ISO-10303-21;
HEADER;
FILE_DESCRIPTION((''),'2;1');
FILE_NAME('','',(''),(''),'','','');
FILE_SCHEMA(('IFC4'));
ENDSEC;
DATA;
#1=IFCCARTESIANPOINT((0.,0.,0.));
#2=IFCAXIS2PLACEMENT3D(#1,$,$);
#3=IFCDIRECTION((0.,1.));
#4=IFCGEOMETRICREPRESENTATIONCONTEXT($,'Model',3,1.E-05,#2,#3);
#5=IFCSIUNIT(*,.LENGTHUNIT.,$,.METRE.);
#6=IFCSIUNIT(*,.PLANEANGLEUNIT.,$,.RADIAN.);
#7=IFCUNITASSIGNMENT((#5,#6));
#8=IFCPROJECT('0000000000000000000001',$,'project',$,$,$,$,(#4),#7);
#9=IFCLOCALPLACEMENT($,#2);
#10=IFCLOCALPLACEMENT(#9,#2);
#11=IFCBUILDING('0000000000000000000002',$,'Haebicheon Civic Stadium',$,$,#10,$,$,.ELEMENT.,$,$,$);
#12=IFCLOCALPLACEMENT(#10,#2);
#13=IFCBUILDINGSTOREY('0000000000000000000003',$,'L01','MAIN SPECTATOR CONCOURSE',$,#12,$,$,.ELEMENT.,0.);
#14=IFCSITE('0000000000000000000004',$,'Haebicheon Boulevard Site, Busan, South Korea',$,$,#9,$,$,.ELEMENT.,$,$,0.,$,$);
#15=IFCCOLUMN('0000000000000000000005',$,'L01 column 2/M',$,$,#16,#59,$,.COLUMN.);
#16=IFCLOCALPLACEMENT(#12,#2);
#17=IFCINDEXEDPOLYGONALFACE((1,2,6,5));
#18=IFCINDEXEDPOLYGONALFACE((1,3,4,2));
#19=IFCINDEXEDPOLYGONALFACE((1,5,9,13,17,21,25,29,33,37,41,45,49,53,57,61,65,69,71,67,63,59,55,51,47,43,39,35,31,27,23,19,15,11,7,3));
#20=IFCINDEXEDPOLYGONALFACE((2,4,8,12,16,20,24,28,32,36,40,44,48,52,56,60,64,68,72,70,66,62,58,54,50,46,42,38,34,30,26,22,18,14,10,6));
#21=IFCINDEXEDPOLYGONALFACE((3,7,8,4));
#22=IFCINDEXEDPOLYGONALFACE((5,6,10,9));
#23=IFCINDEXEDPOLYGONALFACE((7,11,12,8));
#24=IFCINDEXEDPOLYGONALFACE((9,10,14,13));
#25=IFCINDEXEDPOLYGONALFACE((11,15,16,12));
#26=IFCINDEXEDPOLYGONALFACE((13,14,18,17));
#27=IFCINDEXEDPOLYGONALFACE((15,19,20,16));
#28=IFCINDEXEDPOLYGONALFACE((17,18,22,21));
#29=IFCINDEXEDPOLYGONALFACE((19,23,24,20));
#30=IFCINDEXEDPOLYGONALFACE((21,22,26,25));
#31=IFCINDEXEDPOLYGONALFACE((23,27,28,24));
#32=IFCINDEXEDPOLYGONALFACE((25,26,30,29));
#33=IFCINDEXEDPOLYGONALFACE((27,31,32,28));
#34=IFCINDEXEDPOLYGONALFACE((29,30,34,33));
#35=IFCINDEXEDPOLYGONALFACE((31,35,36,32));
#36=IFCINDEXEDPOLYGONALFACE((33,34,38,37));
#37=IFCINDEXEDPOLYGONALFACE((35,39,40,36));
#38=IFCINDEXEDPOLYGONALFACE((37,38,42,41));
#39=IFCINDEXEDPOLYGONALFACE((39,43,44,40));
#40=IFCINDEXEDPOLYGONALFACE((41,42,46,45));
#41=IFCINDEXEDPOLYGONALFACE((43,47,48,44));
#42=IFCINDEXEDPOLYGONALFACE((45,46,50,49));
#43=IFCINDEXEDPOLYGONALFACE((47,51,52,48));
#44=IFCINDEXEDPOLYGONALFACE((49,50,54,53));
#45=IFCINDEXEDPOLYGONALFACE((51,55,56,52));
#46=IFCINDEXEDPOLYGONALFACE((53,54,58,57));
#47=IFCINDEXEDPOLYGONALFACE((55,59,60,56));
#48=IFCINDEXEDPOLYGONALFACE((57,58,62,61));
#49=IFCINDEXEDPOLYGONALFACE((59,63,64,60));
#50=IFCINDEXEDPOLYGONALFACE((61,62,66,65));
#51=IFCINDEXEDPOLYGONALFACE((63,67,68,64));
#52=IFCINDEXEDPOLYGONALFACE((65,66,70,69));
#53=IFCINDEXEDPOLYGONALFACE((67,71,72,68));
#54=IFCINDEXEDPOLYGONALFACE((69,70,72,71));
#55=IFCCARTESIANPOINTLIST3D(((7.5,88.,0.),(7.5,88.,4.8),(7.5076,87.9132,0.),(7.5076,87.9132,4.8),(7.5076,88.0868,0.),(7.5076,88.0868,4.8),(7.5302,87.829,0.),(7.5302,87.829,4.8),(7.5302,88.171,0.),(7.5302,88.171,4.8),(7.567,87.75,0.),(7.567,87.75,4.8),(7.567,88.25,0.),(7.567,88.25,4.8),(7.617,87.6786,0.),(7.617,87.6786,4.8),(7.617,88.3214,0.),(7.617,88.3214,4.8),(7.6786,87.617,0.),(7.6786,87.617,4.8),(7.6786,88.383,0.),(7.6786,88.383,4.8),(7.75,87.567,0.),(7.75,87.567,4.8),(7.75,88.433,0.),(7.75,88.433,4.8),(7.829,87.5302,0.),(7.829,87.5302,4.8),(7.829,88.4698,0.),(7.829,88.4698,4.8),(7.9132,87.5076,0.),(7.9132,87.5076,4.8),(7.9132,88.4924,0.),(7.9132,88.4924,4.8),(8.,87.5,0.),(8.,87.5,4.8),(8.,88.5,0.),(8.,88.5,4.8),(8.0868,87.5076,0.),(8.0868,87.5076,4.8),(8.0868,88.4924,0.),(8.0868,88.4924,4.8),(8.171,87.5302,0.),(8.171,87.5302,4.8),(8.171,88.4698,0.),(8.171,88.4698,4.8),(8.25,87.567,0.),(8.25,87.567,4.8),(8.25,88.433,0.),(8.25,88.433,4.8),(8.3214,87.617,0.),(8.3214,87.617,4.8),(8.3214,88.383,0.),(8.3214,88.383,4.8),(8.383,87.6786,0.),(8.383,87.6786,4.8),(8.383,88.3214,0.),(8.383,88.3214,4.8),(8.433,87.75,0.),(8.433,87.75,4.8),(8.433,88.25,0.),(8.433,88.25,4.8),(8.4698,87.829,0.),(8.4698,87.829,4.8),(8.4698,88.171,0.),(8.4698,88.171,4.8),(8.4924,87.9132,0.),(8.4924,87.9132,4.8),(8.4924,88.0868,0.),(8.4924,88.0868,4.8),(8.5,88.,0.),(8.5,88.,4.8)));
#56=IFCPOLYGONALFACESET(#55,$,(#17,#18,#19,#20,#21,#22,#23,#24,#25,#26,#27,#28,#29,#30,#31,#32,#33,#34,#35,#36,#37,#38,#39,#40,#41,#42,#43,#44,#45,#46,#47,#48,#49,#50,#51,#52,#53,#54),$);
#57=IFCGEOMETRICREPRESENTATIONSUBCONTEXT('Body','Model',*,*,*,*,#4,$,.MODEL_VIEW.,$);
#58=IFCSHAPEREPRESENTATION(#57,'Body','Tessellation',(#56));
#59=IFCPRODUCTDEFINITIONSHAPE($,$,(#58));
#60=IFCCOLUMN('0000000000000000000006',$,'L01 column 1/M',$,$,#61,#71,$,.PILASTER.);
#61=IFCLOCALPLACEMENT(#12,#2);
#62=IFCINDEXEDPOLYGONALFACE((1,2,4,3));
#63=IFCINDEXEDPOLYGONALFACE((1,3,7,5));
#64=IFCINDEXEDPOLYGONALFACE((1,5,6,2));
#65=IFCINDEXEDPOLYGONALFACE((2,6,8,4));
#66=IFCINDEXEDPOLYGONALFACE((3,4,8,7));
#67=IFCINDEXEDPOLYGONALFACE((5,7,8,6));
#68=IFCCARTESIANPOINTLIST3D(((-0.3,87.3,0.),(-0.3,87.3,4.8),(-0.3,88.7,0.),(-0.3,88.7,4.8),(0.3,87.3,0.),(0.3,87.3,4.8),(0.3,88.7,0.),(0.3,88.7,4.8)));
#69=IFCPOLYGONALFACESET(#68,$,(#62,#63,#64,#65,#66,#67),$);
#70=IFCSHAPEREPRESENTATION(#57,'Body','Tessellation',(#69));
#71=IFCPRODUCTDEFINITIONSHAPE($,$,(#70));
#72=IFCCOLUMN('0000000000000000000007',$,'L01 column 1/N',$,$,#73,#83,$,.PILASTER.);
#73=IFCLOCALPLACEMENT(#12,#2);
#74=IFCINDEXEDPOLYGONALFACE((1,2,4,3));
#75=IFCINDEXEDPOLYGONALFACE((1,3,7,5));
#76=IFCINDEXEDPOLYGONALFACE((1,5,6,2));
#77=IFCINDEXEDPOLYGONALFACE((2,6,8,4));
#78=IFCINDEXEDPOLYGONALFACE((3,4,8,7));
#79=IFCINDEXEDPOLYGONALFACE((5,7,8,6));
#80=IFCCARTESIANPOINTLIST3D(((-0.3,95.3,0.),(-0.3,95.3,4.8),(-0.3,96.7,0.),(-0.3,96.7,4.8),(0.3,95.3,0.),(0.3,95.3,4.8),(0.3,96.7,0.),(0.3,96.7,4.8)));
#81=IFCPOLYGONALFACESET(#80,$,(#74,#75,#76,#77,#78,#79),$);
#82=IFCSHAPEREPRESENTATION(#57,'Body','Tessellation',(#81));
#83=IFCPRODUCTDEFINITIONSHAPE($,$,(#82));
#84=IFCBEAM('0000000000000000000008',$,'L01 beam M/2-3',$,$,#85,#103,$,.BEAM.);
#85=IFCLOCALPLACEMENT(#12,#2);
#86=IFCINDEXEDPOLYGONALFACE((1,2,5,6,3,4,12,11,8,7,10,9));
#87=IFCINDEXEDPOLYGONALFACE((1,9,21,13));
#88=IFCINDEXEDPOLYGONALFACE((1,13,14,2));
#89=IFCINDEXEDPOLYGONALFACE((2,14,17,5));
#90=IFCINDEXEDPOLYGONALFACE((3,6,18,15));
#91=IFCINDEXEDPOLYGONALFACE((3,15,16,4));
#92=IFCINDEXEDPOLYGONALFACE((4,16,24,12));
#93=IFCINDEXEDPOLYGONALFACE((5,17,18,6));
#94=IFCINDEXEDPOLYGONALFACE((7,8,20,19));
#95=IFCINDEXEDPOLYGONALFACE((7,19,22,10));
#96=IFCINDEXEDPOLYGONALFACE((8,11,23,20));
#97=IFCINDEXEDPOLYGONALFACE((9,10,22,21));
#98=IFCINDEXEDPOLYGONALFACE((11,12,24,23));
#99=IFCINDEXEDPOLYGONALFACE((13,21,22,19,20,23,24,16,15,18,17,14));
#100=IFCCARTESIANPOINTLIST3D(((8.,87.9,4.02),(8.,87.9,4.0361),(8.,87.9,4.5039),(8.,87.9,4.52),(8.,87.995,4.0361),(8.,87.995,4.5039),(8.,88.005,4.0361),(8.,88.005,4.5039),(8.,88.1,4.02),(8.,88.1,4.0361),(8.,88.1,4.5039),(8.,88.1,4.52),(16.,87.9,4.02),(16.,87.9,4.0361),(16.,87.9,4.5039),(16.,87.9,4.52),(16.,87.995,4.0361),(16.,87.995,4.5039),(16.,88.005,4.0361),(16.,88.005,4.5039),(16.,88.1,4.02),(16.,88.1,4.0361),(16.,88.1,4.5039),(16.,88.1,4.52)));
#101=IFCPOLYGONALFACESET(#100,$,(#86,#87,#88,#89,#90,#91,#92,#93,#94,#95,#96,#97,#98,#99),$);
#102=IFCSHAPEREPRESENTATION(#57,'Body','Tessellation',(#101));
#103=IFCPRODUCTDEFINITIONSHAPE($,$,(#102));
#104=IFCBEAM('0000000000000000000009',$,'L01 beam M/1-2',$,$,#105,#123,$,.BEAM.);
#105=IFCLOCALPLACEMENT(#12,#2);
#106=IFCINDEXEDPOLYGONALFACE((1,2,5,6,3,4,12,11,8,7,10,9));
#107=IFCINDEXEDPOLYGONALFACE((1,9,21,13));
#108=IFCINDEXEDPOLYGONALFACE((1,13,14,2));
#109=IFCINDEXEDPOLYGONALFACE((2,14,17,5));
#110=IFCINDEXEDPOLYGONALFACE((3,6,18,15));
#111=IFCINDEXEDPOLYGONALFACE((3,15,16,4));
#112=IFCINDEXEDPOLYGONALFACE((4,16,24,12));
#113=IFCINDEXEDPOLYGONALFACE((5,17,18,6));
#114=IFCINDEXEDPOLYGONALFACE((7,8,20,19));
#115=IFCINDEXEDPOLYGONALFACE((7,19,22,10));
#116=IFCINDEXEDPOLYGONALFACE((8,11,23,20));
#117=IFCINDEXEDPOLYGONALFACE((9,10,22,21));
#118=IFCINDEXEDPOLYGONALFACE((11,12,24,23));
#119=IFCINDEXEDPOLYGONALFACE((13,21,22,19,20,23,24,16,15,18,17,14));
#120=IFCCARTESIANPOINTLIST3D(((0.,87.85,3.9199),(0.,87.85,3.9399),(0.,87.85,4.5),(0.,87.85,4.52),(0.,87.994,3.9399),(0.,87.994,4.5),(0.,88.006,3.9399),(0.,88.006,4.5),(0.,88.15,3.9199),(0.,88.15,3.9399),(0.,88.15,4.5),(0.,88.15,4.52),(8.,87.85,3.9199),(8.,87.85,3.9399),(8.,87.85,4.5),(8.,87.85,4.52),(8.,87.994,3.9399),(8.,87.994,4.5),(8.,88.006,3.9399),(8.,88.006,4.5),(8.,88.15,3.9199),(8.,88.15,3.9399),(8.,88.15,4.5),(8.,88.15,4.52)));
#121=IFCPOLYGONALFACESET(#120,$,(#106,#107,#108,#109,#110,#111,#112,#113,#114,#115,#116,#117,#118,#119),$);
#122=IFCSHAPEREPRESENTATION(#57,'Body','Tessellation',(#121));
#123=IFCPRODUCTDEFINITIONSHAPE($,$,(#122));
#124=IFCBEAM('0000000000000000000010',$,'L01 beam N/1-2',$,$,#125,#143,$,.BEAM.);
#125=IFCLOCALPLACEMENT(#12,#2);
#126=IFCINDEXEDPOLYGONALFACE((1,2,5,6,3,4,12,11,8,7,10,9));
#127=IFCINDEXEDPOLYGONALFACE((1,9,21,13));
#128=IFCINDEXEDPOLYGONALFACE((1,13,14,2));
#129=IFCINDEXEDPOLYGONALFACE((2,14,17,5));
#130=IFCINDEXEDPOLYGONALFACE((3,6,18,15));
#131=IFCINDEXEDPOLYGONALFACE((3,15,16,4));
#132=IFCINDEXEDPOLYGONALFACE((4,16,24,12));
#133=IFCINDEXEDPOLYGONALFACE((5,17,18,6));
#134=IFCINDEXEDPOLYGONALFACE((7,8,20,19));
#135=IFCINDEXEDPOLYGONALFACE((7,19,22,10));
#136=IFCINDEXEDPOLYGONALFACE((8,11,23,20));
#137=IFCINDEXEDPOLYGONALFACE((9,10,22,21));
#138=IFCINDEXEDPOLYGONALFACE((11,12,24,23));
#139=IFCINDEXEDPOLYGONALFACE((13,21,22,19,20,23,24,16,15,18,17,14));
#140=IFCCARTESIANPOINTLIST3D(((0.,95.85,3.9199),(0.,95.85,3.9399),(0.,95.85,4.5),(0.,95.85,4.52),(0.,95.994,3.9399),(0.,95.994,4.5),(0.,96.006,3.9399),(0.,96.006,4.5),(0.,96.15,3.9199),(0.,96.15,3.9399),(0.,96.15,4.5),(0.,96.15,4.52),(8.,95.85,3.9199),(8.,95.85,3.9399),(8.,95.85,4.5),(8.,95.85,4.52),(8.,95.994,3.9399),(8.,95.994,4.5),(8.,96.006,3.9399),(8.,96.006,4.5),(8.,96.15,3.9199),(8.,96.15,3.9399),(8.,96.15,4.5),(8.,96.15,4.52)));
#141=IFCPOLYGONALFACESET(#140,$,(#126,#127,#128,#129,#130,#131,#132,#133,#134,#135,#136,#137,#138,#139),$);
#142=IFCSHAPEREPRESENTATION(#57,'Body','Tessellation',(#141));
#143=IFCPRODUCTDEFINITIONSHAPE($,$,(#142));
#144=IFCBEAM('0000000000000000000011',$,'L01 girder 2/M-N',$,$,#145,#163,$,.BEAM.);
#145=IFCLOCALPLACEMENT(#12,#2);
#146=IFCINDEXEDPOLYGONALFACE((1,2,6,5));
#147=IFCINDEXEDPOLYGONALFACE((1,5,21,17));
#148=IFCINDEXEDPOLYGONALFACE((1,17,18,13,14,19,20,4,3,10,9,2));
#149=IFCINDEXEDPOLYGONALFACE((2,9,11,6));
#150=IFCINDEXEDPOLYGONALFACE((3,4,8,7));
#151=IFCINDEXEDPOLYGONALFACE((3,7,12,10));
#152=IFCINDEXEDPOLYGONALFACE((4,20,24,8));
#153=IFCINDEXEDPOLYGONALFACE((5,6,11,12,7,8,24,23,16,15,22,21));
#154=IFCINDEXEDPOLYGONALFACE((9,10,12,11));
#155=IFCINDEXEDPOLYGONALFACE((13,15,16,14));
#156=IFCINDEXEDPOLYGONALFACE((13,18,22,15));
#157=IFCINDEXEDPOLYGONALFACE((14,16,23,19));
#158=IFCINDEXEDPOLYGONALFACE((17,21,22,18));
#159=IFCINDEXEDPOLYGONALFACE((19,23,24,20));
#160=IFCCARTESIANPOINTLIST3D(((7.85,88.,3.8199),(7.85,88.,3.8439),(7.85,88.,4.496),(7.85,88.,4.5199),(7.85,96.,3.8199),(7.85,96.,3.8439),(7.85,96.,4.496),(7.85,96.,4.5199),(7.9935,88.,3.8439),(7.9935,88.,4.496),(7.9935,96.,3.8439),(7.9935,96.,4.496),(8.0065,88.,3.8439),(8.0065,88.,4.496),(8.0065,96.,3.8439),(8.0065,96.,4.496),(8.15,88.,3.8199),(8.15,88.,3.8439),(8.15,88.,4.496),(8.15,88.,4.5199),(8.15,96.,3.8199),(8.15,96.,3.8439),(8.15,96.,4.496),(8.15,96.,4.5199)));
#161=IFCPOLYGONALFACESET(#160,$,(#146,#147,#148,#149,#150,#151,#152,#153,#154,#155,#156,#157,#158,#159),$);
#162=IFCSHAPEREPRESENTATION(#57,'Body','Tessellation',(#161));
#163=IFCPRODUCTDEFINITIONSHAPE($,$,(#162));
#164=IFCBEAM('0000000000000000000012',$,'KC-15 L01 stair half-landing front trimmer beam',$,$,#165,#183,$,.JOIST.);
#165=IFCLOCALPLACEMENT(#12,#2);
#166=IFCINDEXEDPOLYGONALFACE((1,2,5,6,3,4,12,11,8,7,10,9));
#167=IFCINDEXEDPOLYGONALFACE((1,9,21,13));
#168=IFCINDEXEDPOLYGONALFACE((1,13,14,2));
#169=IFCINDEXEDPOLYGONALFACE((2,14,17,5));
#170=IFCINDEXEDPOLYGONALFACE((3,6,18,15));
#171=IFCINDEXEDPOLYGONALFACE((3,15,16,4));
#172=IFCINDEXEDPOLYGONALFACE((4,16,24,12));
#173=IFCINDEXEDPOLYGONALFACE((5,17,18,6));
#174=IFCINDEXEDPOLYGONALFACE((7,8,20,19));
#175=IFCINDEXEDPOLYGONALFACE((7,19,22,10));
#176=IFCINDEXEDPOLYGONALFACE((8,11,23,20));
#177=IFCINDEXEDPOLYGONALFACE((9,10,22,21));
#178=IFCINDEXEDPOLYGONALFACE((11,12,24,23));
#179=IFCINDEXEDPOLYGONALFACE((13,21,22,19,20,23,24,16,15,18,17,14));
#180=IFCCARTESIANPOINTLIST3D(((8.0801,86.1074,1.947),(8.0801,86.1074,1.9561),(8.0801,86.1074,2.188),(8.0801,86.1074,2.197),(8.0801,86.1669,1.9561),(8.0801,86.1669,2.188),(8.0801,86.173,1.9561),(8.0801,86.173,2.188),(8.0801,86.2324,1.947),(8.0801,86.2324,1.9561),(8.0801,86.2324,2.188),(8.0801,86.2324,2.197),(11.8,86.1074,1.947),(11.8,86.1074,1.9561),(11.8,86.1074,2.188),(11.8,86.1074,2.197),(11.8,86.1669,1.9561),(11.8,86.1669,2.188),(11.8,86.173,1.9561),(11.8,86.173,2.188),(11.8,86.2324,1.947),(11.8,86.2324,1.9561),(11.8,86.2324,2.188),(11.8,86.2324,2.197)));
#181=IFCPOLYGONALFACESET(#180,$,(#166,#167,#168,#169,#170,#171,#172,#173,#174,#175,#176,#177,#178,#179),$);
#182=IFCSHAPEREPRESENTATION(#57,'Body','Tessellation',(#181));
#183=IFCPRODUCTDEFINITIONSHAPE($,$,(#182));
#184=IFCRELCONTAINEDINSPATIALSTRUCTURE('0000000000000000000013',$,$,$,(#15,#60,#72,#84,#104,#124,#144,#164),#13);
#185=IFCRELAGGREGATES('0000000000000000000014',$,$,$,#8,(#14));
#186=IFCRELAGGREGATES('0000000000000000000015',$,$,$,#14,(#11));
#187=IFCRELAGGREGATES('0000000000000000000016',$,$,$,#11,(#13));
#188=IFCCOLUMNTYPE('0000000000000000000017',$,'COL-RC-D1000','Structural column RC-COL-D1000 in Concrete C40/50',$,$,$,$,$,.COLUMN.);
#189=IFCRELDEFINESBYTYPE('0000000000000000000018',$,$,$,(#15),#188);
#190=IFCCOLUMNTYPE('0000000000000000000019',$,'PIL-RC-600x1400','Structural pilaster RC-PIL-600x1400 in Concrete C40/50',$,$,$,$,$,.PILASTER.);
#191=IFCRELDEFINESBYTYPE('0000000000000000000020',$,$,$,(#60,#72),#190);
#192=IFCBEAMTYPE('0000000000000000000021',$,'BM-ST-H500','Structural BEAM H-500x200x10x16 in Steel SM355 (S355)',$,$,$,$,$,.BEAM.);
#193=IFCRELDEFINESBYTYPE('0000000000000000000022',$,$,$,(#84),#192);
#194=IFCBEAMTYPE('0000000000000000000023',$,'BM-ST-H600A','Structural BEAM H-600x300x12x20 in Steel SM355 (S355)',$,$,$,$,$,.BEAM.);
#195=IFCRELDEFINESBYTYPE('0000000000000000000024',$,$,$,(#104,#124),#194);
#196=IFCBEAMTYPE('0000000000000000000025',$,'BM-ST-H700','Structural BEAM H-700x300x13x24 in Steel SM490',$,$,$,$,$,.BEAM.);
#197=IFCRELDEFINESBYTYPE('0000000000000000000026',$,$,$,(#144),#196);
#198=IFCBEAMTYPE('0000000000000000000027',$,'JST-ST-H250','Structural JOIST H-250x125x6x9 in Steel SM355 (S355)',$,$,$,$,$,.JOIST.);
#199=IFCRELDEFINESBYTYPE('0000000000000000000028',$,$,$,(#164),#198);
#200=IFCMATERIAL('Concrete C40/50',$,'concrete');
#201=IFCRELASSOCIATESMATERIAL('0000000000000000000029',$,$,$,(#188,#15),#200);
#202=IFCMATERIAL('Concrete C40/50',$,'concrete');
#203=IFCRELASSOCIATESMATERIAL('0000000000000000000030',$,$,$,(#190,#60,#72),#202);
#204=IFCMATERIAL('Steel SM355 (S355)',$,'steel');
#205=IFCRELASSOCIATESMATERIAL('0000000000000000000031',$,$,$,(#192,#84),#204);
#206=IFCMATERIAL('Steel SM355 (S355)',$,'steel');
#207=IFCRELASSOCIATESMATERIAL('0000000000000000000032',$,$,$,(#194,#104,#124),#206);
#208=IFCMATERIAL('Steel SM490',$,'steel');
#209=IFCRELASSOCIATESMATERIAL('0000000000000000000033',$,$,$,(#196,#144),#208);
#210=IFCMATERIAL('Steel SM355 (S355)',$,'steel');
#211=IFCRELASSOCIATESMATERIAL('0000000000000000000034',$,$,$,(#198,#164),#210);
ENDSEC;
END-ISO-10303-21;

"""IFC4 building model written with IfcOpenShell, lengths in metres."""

from ifc_helpers import new_model, si_unit, direction, frame, origin, origin_2d, place, context, subcontext, project, spatial, rectangle, circle, i_section, extrude, material, material_profile, profile_set, type_object, element, save


model = new_model("IFC4")

# Units and contexts
model_context = context("Model", 3, precision=1e-05, world=origin(), true_north=direction((0.0, 1.0)))
body_context = subcontext(model_context, "Body", "Model", "MODEL_VIEW")
ifc_project = project(units=[si_unit("LENGTHUNIT", "METRE"), si_unit("PLANEANGLEUNIT", "RADIAN")], contexts=[model_context])

# Site, building, storey
site_placement = place(None, origin())
site = spatial("IfcSite", under=ifc_project, at=site_placement, Name="Haebicheon Boulevard Site, Busan, South Korea", CompositionType="ELEMENT", RefElevation=0.0)
building_placement = place(site_placement, origin())
building = spatial("IfcBuilding", under=site, at=building_placement, Name="Haebicheon Civic Stadium", CompositionType="ELEMENT")
storey_placement = place(building_placement, origin())
storey = spatial("IfcBuildingStorey", under=building, at=storey_placement, Name="L01", Description="MAIN SPECTATOR CONCOURSE", CompositionType="ELEMENT", Elevation=0.0)

# Columns
ifc_material_1 = material(Name="Concrete C40/50", Category="concrete")
ifc_material_profile_1 = material_profile(ifc_material_1, circle(Radius=0.5, at=origin_2d()), Name="RC-COL-D1000")
ifc_profile_set_1 = profile_set([ifc_material_profile_1], Name="Concrete C40/50")
column_type_1 = type_object("IfcColumnType", Name="COL-RC-D1000", Description="Structural column RC-COL-D1000 in Concrete C40/50", PredefinedType="COLUMN", material=ifc_profile_set_1)
column_placement = place(storey_placement, frame((8.0, 88.0, 0.0), z_axis=(0.0, 0.0, 1.0), x_axis=(1.0, 0.0, 0.0)))
element("IfcColumn", 1, at=column_placement, inside=storey, type_object=column_type_1, material=ifc_profile_set_1, Name="L01 column 2/M", PredefinedType="COLUMN", context=body_context, shape_type="SweptSolid", body=[
    extrude(circle(Radius=0.5, at=origin_2d()), origin(), (0.0, 0.0, 1.0), 4.8),
])
ifc_material_2 = material(Name="Concrete C40/50", Category="concrete")
ifc_material_profile_2 = material_profile(ifc_material_2, rectangle(XDim=0.6001, YDim=1.3999, at=origin_2d()), Name="RC-PIL-600x1400")
ifc_profile_set_2 = profile_set([ifc_material_profile_2], Name="Concrete C40/50")
column_type_2 = type_object("IfcColumnType", Name="PIL-RC-600x1400", Description="Structural pilaster RC-PIL-600x1400 in Concrete C40/50", PredefinedType="PILASTER", material=ifc_profile_set_2)
for number, where, z_axis, x_axis, name in (
    (2, (0.0, 88.0, 0.0), (0.0, 0.0, 1.0), (1.0, 0.0, 0.0), "L01 column 1/M"),
    (3, (0.0, 96.0, 0.0), (0.0, 0.0, 1.0), (1.0, 0.0, 0.0), "L01 column 1/N"),
):
    element("IfcColumn", number, at=place(storey_placement, frame(where, z_axis=z_axis, x_axis=x_axis)), inside=storey, type_object=column_type_2, material=ifc_profile_set_2, Name=name, PredefinedType="PILASTER", context=body_context, shape_type="SweptSolid", body=[
        extrude(rectangle(XDim=0.6001, YDim=1.3999, at=origin_2d()), origin(), (0.0, 0.0, 1.0), 4.8),
    ])

# Beams
ifc_material_3 = material(Name="Steel SM355 (S355)", Category="steel")
ifc_material_profile_3 = material_profile(ifc_material_3, i_section(OverallWidth=0.2, OverallDepth=0.5, WebThickness=0.01, FlangeThickness=0.0161, at=origin_2d()), Name="H-500x200x10x16")
ifc_profile_set_3 = profile_set([ifc_material_profile_3], Name="Steel SM355 (S355)")
beam_type_1 = type_object("IfcBeamType", Name="BM-ST-H500", Description="Structural BEAM H-500x200x10x16 in Steel SM355 (S355)", PredefinedType="BEAM", material=ifc_profile_set_3)
beam_1_placement = place(storey_placement, frame((8.0, 88.0, 4.27), z_axis=(1.0, 0.0, 0.0), x_axis=(0.0, 1.0, 0.0)))
element("IfcBeam", 4, at=beam_1_placement, inside=storey, type_object=beam_type_1, material=ifc_profile_set_3, Name="L01 beam M/2-3", PredefinedType="BEAM", context=body_context, shape_type="SweptSolid", body=[
    extrude(i_section(OverallWidth=0.2, OverallDepth=0.5, WebThickness=0.01, FlangeThickness=0.0161, at=origin_2d()), origin(), (0.0, 0.0, 1.0), 8.0),
])
ifc_material_4 = material(Name="Steel SM355 (S355)", Category="steel")
ifc_material_profile_4 = material_profile(ifc_material_4, i_section(OverallWidth=0.3, OverallDepth=0.6001, WebThickness=0.012, FlangeThickness=0.02, at=origin_2d()), Name="H-600x300x12x20")
ifc_profile_set_4 = profile_set([ifc_material_profile_4], Name="Steel SM355 (S355)")
beam_type_2 = type_object("IfcBeamType", Name="BM-ST-H600A", Description="Structural BEAM H-600x300x12x20 in Steel SM355 (S355)", PredefinedType="BEAM", material=ifc_profile_set_4)
for number, where, z_axis, x_axis, name in (
    (5, (0.0, 88.0, 4.22), (1.0, 0.0, 0.0), (0.0, 1.0, 0.0), "L01 beam M/1-2"),
    (6, (0.0, 96.0, 4.22), (1.0, 0.0, 0.0), (0.0, 1.0, 0.0), "L01 beam N/1-2"),
):
    element("IfcBeam", number, at=place(storey_placement, frame(where, z_axis=z_axis, x_axis=x_axis)), inside=storey, type_object=beam_type_2, material=ifc_profile_set_4, Name=name, PredefinedType="BEAM", context=body_context, shape_type="SweptSolid", body=[
        extrude(i_section(OverallWidth=0.3, OverallDepth=0.6001, WebThickness=0.012, FlangeThickness=0.02, at=origin_2d()), origin(), (0.0, 0.0, 1.0), 8.0),
    ])
ifc_material_5 = material(Name="Steel SM490", Category="steel")
ifc_material_profile_5 = material_profile(ifc_material_5, i_section(OverallWidth=0.3, OverallDepth=0.7, WebThickness=0.0129, FlangeThickness=0.0239, at=origin_2d()), Name="H-700x300x13x24")
ifc_profile_set_5 = profile_set([ifc_material_profile_5], Name="Steel SM490")
beam_type_3 = type_object("IfcBeamType", Name="BM-ST-H700", Description="Structural BEAM H-700x300x13x24 in Steel SM490", PredefinedType="BEAM", material=ifc_profile_set_5)
beam_2_placement = place(storey_placement, frame((8.0, 88.0, 4.1699), z_axis=(0.0, 1.0, 0.0), x_axis=(-1.0, 0.0, 0.0)))
element("IfcBeam", 7, at=beam_2_placement, inside=storey, type_object=beam_type_3, material=ifc_profile_set_5, Name="L01 girder 2/M-N", PredefinedType="BEAM", context=body_context, shape_type="SweptSolid", body=[
    extrude(i_section(OverallWidth=0.3, OverallDepth=0.7, WebThickness=0.0129, FlangeThickness=0.0239, at=origin_2d()), origin(), (0.0, 0.0, 1.0), 8.0),
])
ifc_material_6 = material(Name="Steel SM355 (S355)", Category="steel")
ifc_material_profile_6 = material_profile(ifc_material_6, i_section(OverallWidth=0.125, OverallDepth=0.25, WebThickness=0.0061, FlangeThickness=0.009, at=origin_2d()), Name="H-250x125x6x9")
ifc_profile_set_6 = profile_set([ifc_material_profile_6], Name="Steel SM355 (S355)")
beam_type_4 = type_object("IfcBeamType", Name="JST-ST-H250", Description="Structural JOIST H-250x125x6x9 in Steel SM355 (S355)", PredefinedType="JOIST", material=ifc_profile_set_6)
beam_3_placement = place(storey_placement, frame((8.0801, 86.1699, 2.072), z_axis=(1.0, 0.0, 0.0), x_axis=(0.0, 1.0, 0.0)))
element("IfcBeam", 8, at=beam_3_placement, inside=storey, type_object=beam_type_4, material=ifc_profile_set_6, Name="KC-15 L01 stair half-landing front trimmer beam", PredefinedType="JOIST", context=body_context, shape_type="SweptSolid", body=[
    extrude(i_section(OverallWidth=0.125, OverallDepth=0.25, WebThickness=0.0061, FlangeThickness=0.009, at=origin_2d()), origin(), (0.0, 0.0, 1.0), 3.72),
])

save(model, "model.ifc")
